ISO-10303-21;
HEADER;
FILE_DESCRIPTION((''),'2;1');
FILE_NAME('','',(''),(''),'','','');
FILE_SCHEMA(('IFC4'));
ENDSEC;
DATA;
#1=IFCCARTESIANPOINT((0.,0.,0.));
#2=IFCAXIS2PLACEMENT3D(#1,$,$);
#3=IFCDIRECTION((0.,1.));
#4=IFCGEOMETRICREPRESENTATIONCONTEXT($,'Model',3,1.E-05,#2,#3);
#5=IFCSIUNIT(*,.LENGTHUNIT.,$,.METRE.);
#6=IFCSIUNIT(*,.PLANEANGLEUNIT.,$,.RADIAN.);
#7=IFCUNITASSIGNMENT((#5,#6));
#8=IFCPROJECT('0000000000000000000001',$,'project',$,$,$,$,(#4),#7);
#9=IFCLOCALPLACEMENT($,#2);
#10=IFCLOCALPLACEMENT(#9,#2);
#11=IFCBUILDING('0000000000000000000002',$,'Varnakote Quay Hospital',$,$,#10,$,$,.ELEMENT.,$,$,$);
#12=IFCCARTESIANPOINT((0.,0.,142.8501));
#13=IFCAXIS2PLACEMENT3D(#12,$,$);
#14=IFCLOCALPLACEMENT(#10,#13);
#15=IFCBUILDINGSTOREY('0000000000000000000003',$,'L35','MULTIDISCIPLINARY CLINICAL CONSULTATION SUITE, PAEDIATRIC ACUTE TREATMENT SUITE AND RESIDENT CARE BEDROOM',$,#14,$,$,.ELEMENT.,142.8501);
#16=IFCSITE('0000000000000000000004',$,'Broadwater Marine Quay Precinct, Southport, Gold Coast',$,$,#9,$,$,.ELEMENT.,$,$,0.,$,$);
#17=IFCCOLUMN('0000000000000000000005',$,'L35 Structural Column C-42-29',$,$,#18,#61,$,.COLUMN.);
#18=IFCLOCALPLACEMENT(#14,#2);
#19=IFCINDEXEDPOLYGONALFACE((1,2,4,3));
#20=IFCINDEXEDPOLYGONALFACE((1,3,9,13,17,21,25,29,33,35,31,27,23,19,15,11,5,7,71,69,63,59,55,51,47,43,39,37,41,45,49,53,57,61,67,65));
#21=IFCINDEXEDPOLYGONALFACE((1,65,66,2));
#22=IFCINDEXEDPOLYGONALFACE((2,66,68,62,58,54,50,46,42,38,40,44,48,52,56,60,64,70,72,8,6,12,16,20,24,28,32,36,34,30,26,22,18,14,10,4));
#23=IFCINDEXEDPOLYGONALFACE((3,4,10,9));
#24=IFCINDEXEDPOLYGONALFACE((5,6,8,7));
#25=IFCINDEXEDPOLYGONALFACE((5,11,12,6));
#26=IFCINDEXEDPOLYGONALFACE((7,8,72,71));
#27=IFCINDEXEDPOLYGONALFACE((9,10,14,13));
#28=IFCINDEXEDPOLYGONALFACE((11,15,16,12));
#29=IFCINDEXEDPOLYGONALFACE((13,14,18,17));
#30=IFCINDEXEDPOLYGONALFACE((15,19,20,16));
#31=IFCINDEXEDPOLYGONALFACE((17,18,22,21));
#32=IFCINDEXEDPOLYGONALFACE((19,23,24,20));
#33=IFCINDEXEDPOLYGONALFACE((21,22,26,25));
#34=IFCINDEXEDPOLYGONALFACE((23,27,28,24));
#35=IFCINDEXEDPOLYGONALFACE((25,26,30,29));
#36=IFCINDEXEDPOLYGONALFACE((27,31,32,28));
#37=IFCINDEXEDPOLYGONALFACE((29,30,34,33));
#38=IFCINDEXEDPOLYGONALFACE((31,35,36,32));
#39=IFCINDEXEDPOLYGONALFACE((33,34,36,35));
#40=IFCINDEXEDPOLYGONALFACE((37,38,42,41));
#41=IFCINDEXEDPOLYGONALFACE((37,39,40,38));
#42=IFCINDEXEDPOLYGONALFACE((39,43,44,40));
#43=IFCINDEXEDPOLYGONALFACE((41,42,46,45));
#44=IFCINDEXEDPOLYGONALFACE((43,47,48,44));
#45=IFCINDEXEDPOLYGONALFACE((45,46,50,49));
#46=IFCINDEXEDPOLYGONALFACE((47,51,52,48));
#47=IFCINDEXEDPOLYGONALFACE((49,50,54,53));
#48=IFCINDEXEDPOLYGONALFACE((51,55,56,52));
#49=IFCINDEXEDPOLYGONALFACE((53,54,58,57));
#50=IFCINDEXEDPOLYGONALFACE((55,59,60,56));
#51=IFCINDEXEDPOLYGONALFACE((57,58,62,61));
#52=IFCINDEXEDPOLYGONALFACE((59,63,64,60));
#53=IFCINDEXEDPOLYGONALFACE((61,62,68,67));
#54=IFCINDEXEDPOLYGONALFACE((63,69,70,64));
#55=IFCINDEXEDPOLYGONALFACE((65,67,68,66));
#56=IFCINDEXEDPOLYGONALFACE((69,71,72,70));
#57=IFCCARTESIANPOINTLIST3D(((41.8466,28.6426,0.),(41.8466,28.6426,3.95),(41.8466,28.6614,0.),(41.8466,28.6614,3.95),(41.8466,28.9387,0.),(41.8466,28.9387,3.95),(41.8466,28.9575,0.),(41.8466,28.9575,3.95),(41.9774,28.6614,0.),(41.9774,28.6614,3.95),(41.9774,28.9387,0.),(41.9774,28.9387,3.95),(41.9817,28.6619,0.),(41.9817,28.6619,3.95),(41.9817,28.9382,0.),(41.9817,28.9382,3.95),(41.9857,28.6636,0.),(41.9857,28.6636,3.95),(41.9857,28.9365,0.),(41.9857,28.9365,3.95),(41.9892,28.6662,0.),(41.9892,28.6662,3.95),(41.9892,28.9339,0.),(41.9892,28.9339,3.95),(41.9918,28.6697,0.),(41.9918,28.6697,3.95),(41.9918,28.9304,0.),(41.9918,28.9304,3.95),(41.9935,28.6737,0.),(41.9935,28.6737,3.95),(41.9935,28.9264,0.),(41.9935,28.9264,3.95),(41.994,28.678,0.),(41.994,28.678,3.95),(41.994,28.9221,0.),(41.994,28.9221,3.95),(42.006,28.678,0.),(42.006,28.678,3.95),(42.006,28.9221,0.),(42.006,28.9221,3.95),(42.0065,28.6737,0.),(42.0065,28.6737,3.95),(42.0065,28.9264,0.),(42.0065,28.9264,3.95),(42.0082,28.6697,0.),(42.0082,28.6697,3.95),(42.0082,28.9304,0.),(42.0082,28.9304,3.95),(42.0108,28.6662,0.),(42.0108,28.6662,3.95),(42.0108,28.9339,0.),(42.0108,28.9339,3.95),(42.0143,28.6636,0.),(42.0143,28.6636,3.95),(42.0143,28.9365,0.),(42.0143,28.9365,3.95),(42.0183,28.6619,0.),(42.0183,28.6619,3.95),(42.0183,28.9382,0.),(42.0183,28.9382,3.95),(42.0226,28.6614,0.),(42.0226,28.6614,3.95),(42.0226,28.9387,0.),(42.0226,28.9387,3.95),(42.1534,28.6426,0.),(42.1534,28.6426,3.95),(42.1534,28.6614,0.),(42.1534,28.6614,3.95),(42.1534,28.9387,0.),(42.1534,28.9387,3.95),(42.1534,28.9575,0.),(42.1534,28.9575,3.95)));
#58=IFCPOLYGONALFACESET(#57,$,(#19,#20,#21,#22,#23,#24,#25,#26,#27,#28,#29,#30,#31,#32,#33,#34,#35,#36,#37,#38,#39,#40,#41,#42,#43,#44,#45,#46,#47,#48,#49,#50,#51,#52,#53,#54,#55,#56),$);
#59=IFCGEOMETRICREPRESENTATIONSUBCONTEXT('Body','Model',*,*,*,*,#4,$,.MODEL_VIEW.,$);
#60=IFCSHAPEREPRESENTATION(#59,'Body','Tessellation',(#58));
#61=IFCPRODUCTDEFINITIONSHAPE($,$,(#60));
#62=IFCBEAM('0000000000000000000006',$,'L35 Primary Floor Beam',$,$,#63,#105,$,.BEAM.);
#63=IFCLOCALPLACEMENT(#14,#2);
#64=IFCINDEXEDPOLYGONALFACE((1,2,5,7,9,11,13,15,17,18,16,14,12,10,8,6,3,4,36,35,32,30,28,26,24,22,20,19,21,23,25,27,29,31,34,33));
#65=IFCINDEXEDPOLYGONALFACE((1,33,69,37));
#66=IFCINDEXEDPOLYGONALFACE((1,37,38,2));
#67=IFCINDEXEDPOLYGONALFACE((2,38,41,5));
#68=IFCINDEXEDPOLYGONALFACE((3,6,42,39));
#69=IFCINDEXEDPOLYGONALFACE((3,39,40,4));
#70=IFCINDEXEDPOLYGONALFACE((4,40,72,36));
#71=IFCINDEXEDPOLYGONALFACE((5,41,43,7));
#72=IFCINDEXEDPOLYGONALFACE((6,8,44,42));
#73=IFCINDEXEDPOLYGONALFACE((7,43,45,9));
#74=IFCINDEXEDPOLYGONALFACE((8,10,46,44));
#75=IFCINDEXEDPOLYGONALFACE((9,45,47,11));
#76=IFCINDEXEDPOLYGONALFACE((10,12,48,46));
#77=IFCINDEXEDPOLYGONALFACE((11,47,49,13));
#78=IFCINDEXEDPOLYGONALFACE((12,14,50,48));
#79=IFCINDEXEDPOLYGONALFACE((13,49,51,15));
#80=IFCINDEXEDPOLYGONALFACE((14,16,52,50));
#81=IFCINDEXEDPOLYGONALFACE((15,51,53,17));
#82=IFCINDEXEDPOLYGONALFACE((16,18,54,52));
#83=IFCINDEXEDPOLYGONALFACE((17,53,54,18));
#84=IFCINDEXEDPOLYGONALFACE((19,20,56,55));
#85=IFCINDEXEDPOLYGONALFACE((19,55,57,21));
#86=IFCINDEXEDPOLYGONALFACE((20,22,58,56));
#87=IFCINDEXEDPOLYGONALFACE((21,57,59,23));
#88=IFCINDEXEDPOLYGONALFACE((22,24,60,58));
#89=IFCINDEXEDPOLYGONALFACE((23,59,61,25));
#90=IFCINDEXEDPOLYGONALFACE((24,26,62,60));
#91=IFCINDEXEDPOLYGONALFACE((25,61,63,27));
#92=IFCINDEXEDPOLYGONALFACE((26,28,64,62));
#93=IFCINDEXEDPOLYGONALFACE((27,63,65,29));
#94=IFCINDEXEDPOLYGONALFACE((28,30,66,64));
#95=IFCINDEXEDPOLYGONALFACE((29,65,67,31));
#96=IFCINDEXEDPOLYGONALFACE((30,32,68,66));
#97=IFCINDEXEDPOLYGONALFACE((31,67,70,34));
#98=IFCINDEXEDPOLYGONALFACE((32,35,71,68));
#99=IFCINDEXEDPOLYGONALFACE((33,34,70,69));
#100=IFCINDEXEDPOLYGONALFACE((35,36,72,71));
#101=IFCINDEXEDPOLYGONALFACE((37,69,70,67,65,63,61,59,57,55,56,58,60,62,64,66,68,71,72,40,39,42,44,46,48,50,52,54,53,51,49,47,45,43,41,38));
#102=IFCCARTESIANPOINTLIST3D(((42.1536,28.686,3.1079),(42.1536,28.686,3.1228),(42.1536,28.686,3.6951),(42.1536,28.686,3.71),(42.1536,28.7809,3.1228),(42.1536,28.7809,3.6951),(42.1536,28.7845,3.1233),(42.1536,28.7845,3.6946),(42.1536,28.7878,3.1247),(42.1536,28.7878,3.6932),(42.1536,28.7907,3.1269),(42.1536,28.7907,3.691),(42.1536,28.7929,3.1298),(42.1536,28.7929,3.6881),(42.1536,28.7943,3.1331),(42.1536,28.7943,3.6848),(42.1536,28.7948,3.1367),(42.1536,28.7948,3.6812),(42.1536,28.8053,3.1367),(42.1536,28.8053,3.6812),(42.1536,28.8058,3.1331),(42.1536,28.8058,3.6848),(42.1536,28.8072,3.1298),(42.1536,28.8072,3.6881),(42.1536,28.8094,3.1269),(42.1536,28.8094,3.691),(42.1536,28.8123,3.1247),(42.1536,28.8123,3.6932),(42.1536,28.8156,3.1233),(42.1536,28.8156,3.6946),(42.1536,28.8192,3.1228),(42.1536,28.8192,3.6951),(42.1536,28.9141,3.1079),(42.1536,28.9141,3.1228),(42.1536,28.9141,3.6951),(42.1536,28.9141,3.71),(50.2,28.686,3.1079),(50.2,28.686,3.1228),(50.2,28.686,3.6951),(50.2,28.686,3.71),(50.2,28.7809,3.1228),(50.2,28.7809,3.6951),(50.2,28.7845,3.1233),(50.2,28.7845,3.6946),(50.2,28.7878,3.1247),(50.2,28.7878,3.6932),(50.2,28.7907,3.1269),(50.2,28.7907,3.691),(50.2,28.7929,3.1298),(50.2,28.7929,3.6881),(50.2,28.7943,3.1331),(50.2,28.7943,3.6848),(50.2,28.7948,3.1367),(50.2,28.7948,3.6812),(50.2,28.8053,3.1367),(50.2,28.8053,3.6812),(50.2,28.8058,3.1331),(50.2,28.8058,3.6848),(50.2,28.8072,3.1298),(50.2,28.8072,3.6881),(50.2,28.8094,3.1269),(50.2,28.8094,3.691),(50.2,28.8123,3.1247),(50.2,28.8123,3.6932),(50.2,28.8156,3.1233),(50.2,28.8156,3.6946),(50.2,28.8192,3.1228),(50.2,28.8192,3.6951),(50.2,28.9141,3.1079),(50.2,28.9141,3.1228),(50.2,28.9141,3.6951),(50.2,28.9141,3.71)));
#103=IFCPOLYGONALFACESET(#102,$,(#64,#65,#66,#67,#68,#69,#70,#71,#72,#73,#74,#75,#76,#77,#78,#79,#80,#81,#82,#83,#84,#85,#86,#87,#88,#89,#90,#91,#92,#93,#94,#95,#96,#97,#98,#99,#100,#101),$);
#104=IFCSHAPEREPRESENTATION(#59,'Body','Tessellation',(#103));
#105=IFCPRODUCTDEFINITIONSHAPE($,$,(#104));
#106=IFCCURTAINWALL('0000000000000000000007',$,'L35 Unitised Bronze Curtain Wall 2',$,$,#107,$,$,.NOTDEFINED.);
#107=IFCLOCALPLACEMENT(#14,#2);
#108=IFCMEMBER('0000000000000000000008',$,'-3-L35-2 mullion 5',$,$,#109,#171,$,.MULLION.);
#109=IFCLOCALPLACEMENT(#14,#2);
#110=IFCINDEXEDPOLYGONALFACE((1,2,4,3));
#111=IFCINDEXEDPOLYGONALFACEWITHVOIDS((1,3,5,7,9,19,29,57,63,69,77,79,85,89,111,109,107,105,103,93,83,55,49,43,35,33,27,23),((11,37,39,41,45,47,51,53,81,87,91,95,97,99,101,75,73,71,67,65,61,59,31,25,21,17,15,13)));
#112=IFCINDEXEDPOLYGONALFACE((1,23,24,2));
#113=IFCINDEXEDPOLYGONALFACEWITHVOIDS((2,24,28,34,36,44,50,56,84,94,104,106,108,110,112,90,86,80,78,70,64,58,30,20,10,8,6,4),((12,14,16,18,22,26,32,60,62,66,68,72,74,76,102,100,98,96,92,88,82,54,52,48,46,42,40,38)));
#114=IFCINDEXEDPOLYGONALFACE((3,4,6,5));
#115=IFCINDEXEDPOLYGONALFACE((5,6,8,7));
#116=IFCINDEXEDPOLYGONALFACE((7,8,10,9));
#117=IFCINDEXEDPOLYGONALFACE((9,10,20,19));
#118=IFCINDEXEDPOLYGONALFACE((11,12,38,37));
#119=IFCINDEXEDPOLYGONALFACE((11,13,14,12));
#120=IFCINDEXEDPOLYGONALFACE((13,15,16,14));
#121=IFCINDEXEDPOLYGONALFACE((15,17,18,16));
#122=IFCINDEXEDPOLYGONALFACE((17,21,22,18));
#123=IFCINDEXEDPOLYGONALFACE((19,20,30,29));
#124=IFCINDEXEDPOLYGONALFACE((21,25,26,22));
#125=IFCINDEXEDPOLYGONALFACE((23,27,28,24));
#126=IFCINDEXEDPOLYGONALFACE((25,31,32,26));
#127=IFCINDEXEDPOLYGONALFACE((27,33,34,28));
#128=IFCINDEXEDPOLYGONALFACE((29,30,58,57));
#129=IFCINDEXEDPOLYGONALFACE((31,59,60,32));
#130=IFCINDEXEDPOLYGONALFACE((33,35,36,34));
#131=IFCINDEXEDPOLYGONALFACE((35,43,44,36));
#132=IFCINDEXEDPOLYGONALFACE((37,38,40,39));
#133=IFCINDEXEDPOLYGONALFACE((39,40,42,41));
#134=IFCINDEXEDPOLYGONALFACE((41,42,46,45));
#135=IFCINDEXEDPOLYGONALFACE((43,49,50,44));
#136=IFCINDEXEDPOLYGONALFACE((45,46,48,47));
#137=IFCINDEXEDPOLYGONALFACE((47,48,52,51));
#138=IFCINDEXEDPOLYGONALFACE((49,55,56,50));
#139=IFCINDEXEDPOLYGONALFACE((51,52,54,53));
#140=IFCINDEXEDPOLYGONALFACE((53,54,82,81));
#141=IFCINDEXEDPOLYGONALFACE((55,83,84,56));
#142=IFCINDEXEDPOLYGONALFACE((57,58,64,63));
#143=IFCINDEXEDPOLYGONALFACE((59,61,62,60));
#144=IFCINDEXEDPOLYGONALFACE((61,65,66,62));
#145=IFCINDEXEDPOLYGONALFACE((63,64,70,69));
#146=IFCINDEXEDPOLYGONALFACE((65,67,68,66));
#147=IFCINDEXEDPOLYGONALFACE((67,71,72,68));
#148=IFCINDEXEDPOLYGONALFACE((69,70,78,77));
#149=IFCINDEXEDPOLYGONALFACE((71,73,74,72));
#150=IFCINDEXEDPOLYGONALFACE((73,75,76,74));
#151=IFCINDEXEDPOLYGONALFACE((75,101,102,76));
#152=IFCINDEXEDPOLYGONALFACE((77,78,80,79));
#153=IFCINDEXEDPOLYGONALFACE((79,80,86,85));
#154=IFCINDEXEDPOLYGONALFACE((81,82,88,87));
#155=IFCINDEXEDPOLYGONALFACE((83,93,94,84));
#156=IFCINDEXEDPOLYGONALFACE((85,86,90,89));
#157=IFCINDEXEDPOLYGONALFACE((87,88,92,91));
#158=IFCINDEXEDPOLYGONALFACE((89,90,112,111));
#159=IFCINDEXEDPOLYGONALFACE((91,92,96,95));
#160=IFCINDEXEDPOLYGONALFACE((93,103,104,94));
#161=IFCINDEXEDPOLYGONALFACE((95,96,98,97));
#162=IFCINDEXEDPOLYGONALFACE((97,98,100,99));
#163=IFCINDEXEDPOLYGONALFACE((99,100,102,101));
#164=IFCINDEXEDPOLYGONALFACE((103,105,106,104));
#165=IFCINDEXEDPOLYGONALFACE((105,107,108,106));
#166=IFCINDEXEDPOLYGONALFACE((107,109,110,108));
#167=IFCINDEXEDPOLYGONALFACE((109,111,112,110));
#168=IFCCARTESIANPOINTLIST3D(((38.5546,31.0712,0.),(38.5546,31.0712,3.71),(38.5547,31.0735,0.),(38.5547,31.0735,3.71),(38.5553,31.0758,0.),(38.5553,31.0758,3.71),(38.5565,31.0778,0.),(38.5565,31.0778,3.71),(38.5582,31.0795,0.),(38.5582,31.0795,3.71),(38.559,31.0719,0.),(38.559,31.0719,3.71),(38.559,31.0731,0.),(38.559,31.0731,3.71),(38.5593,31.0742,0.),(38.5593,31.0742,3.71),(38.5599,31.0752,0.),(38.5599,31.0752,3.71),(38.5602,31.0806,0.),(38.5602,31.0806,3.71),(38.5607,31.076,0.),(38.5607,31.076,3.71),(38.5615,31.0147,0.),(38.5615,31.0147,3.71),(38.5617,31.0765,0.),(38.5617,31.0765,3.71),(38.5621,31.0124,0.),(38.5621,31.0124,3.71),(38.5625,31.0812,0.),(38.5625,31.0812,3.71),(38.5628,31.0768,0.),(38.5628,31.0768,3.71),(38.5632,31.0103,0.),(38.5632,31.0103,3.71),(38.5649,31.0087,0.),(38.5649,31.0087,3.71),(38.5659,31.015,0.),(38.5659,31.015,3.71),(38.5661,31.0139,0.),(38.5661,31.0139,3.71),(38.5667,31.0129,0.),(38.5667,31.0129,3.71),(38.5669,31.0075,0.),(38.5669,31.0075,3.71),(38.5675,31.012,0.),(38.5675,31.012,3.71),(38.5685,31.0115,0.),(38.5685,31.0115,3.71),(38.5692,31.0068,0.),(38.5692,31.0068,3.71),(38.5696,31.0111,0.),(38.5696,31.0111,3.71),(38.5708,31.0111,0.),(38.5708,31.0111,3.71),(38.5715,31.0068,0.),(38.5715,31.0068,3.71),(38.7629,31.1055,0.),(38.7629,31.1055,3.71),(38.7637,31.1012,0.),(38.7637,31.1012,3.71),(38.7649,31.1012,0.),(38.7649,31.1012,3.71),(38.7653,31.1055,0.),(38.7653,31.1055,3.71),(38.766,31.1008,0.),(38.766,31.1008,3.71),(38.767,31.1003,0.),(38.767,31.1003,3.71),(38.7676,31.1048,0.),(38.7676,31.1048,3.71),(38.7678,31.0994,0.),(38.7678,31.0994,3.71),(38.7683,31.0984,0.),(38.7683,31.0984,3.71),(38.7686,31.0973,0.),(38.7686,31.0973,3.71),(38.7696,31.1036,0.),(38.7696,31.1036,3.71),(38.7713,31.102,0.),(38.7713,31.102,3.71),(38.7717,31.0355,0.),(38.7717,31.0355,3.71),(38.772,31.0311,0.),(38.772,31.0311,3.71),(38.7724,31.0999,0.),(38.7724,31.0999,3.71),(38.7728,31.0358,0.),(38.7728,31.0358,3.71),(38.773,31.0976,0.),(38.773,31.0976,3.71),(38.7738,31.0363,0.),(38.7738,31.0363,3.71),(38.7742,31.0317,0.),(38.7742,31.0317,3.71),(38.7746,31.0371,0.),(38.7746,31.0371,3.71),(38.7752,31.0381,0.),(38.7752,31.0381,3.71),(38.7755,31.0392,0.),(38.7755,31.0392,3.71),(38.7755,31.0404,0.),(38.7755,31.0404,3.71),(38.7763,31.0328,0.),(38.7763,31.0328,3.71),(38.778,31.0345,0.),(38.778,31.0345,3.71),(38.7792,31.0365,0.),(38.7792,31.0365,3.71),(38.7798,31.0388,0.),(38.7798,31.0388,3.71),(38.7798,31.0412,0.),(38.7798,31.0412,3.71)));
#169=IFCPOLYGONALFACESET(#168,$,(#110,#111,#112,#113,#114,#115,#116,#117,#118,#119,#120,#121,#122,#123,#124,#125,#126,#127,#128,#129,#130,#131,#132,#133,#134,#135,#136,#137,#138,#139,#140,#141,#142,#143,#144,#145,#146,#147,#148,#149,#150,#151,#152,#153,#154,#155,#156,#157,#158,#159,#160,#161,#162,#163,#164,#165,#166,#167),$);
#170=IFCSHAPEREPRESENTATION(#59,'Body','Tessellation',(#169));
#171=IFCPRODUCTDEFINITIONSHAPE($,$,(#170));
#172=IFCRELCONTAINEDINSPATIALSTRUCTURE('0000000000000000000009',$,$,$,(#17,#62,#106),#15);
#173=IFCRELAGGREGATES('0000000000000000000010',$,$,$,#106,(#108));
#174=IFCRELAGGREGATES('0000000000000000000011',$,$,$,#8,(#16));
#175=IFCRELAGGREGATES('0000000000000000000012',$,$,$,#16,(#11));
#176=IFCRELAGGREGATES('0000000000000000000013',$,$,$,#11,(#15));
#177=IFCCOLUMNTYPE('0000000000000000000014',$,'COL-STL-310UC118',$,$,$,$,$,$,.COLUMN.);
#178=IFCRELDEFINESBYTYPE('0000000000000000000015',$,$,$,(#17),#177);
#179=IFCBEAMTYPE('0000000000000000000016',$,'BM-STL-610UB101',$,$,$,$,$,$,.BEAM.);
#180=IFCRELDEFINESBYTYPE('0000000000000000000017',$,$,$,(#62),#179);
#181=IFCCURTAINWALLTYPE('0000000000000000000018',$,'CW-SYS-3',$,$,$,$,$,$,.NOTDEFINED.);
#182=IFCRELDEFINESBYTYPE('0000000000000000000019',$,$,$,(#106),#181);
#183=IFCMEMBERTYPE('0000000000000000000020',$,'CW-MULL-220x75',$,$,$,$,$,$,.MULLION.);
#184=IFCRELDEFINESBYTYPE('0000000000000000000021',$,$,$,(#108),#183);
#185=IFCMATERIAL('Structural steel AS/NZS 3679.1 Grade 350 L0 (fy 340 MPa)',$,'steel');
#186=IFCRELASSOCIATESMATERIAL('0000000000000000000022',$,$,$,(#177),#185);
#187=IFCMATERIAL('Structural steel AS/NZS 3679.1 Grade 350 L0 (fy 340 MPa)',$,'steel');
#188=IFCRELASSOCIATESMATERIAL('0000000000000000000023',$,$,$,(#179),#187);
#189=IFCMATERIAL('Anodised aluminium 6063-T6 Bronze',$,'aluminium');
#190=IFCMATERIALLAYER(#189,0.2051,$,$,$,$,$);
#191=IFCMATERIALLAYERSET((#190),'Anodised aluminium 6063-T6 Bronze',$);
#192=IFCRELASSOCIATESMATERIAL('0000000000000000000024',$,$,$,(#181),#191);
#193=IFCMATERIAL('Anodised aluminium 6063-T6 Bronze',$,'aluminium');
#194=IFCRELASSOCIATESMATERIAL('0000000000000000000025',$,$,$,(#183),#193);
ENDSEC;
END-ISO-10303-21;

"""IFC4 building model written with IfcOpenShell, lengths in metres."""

from ifc_helpers import new_model, si_unit, direction, frame, origin, origin_2d, place, context, subcontext, project, spatial, hollow_rectangle, i_section, extrude, material, layer, layer_set, material_profile, profile_set, type_object, element, aggregate, save


model = new_model("IFC4")

# Units and contexts
model_context = context("Model", 3, precision=1e-05, world=origin(), true_north=direction((0.0, 1.0)))
body_context = subcontext(model_context, "Body", "Model", "MODEL_VIEW")
ifc_project = project(units=[si_unit("LENGTHUNIT", "METRE"), si_unit("PLANEANGLEUNIT", "RADIAN")], contexts=[model_context])

# Site, building, storey
site_placement = place(None, origin())
site = spatial("IfcSite", under=ifc_project, at=site_placement, Name="Broadwater Marine Quay Precinct, Southport, Gold Coast", CompositionType="ELEMENT", RefElevation=0.0)
building_placement = place(site_placement, origin())
building = spatial("IfcBuilding", under=site, at=building_placement, Name="Varnakote Quay Hospital", CompositionType="ELEMENT")
storey_placement = place(building_placement, frame((0.0, 0.0, 142.8501)))
storey = spatial("IfcBuildingStorey", under=building, at=storey_placement, Name="L35", Description="MULTIDISCIPLINARY CLINICAL CONSULTATION SUITE, PAEDIATRIC ACUTE TREATMENT SUITE AND RESIDENT CARE BEDROOM", CompositionType="ELEMENT", Elevation=142.8501)

# Column
ifc_material_1 = material(Name="Structural steel AS/NZS 3679.1 Grade 350 L0 (fy 340 MPa)", Category="steel")
ifc_material_profile_1 = material_profile(ifc_material_1, i_section(OverallWidth=0.3069, OverallDepth=0.3149, WebThickness=0.012, FlangeThickness=0.0188, FilletRadius=0.0166, at=origin_2d()), Name="310UC118")
ifc_profile_set_1 = profile_set([ifc_material_profile_1], Name="Structural steel AS/NZS 3679.1 Grade 350 L0 (fy 340 MPa)")
column_type = type_object("IfcColumnType", Name="COL-STL-310UC118", PredefinedType="COLUMN", material=ifc_profile_set_1)
column_placement = place(storey_placement, frame((42.0, 28.8, 0.0), z_axis=(0.0, 0.0, 1.0), x_axis=(1.0, 0.0, 0.0)))
element("IfcColumn", 1, at=column_placement, inside=storey, type_object=column_type, Name="L35 Structural Column C-42-29", PredefinedType="COLUMN", context=body_context, shape_type="SweptSolid", body=[
    extrude(i_section(OverallWidth=0.3069, OverallDepth=0.3149, WebThickness=0.012, FlangeThickness=0.0188, FilletRadius=0.0166, at=origin_2d()), origin(), (0.0, 0.0, 1.0), 3.95),
])

# Beam
ifc_material_2 = material(Name="Structural steel AS/NZS 3679.1 Grade 350 L0 (fy 340 MPa)", Category="steel")
ifc_material_profile_2 = material_profile(ifc_material_2, i_section(OverallWidth=0.228, OverallDepth=0.6021, WebThickness=0.0105, FlangeThickness=0.0149, FilletRadius=0.0139, at=origin_2d()), Name="610UB101")
ifc_profile_set_2 = profile_set([ifc_material_profile_2], Name="Structural steel AS/NZS 3679.1 Grade 350 L0 (fy 340 MPa)")
beam_type_1 = type_object("IfcBeamType", Name="BM-STL-610UB101", PredefinedType="BEAM", material=ifc_profile_set_2)
beam_1_placement = place(storey_placement, frame((42.1536, 28.8, 3.4089), z_axis=(1.0, 0.0, 0.0), x_axis=(0.0, 1.0, 0.0)))
element("IfcBeam", 2, at=beam_1_placement, inside=storey, type_object=beam_type_1, Name="L35 Primary Floor Beam", PredefinedType="BEAM", context=body_context, shape_type="SweptSolid", body=[
    extrude(i_section(OverallWidth=0.228, OverallDepth=0.6021, WebThickness=0.0105, FlangeThickness=0.0149, FilletRadius=0.0139, at=origin_2d()), origin(), (0.0, 0.0, 1.0), 8.0464),
])

# Curtain wall, member
ifc_material_3 = material(Name="Anodised aluminium 6063-T6 Bronze", Category="aluminium")
ifc_layer_1 = layer(ifc_material_3, 0.2051)
ifc_layer_set_1 = layer_set([ifc_layer_1], Name="Anodised aluminium 6063-T6 Bronze")
curtain_wall_type = type_object("IfcCurtainWallType", Name="CW-SYS-3", PredefinedType="NOTDEFINED", material=ifc_layer_set_1)
curtain_wall_placement = place(storey_placement, origin())
curtain_wall = element("IfcCurtainWall", 3, at=curtain_wall_placement, inside=storey, type_object=curtain_wall_type, Name="L35 Unitised Bronze Curtain Wall 2", PredefinedType="NOTDEFINED")
ifc_material_4 = material(Name="Anodised aluminium 6063-T6 Bronze", Category="aluminium")
ifc_material_profile_3 = material_profile(ifc_material_4, hollow_rectangle(XDim=0.075, YDim=0.22, WallThickness=0.0044, InnerFilletRadius=0.0044, OuterFilletRadius=0.009, at=origin_2d()), Name="CW-MULL-220x75")
ifc_profile_set_3 = profile_set([ifc_material_profile_3], Name="Anodised aluminium 6063-T6 Bronze")
member_type_1 = type_object("IfcMemberType", Name="CW-MULL-220x75", PredefinedType="MULLION", material=ifc_profile_set_3)
member_1_placement = place(storey_placement, frame((38.6672, 31.0562, 0.0), z_axis=(0.0, 0.0, 1.0), x_axis=(0.120327, -0.992734, 0.0)))
member_1 = element("IfcMember", 4, at=member_1_placement, type_object=member_type_1, Name="-3-L35-2 mullion 5", PredefinedType="MULLION", context=body_context, shape_type="SweptSolid", body=[
    extrude(hollow_rectangle(XDim=0.075, YDim=0.22, WallThickness=0.0044, InnerFilletRadius=0.0044, OuterFilletRadius=0.009, at=origin_2d()), origin(), (0.0, 0.0, 1.0), 3.71),
])

aggregate(curtain_wall, [member_1])

save(model, "model.ifc")
